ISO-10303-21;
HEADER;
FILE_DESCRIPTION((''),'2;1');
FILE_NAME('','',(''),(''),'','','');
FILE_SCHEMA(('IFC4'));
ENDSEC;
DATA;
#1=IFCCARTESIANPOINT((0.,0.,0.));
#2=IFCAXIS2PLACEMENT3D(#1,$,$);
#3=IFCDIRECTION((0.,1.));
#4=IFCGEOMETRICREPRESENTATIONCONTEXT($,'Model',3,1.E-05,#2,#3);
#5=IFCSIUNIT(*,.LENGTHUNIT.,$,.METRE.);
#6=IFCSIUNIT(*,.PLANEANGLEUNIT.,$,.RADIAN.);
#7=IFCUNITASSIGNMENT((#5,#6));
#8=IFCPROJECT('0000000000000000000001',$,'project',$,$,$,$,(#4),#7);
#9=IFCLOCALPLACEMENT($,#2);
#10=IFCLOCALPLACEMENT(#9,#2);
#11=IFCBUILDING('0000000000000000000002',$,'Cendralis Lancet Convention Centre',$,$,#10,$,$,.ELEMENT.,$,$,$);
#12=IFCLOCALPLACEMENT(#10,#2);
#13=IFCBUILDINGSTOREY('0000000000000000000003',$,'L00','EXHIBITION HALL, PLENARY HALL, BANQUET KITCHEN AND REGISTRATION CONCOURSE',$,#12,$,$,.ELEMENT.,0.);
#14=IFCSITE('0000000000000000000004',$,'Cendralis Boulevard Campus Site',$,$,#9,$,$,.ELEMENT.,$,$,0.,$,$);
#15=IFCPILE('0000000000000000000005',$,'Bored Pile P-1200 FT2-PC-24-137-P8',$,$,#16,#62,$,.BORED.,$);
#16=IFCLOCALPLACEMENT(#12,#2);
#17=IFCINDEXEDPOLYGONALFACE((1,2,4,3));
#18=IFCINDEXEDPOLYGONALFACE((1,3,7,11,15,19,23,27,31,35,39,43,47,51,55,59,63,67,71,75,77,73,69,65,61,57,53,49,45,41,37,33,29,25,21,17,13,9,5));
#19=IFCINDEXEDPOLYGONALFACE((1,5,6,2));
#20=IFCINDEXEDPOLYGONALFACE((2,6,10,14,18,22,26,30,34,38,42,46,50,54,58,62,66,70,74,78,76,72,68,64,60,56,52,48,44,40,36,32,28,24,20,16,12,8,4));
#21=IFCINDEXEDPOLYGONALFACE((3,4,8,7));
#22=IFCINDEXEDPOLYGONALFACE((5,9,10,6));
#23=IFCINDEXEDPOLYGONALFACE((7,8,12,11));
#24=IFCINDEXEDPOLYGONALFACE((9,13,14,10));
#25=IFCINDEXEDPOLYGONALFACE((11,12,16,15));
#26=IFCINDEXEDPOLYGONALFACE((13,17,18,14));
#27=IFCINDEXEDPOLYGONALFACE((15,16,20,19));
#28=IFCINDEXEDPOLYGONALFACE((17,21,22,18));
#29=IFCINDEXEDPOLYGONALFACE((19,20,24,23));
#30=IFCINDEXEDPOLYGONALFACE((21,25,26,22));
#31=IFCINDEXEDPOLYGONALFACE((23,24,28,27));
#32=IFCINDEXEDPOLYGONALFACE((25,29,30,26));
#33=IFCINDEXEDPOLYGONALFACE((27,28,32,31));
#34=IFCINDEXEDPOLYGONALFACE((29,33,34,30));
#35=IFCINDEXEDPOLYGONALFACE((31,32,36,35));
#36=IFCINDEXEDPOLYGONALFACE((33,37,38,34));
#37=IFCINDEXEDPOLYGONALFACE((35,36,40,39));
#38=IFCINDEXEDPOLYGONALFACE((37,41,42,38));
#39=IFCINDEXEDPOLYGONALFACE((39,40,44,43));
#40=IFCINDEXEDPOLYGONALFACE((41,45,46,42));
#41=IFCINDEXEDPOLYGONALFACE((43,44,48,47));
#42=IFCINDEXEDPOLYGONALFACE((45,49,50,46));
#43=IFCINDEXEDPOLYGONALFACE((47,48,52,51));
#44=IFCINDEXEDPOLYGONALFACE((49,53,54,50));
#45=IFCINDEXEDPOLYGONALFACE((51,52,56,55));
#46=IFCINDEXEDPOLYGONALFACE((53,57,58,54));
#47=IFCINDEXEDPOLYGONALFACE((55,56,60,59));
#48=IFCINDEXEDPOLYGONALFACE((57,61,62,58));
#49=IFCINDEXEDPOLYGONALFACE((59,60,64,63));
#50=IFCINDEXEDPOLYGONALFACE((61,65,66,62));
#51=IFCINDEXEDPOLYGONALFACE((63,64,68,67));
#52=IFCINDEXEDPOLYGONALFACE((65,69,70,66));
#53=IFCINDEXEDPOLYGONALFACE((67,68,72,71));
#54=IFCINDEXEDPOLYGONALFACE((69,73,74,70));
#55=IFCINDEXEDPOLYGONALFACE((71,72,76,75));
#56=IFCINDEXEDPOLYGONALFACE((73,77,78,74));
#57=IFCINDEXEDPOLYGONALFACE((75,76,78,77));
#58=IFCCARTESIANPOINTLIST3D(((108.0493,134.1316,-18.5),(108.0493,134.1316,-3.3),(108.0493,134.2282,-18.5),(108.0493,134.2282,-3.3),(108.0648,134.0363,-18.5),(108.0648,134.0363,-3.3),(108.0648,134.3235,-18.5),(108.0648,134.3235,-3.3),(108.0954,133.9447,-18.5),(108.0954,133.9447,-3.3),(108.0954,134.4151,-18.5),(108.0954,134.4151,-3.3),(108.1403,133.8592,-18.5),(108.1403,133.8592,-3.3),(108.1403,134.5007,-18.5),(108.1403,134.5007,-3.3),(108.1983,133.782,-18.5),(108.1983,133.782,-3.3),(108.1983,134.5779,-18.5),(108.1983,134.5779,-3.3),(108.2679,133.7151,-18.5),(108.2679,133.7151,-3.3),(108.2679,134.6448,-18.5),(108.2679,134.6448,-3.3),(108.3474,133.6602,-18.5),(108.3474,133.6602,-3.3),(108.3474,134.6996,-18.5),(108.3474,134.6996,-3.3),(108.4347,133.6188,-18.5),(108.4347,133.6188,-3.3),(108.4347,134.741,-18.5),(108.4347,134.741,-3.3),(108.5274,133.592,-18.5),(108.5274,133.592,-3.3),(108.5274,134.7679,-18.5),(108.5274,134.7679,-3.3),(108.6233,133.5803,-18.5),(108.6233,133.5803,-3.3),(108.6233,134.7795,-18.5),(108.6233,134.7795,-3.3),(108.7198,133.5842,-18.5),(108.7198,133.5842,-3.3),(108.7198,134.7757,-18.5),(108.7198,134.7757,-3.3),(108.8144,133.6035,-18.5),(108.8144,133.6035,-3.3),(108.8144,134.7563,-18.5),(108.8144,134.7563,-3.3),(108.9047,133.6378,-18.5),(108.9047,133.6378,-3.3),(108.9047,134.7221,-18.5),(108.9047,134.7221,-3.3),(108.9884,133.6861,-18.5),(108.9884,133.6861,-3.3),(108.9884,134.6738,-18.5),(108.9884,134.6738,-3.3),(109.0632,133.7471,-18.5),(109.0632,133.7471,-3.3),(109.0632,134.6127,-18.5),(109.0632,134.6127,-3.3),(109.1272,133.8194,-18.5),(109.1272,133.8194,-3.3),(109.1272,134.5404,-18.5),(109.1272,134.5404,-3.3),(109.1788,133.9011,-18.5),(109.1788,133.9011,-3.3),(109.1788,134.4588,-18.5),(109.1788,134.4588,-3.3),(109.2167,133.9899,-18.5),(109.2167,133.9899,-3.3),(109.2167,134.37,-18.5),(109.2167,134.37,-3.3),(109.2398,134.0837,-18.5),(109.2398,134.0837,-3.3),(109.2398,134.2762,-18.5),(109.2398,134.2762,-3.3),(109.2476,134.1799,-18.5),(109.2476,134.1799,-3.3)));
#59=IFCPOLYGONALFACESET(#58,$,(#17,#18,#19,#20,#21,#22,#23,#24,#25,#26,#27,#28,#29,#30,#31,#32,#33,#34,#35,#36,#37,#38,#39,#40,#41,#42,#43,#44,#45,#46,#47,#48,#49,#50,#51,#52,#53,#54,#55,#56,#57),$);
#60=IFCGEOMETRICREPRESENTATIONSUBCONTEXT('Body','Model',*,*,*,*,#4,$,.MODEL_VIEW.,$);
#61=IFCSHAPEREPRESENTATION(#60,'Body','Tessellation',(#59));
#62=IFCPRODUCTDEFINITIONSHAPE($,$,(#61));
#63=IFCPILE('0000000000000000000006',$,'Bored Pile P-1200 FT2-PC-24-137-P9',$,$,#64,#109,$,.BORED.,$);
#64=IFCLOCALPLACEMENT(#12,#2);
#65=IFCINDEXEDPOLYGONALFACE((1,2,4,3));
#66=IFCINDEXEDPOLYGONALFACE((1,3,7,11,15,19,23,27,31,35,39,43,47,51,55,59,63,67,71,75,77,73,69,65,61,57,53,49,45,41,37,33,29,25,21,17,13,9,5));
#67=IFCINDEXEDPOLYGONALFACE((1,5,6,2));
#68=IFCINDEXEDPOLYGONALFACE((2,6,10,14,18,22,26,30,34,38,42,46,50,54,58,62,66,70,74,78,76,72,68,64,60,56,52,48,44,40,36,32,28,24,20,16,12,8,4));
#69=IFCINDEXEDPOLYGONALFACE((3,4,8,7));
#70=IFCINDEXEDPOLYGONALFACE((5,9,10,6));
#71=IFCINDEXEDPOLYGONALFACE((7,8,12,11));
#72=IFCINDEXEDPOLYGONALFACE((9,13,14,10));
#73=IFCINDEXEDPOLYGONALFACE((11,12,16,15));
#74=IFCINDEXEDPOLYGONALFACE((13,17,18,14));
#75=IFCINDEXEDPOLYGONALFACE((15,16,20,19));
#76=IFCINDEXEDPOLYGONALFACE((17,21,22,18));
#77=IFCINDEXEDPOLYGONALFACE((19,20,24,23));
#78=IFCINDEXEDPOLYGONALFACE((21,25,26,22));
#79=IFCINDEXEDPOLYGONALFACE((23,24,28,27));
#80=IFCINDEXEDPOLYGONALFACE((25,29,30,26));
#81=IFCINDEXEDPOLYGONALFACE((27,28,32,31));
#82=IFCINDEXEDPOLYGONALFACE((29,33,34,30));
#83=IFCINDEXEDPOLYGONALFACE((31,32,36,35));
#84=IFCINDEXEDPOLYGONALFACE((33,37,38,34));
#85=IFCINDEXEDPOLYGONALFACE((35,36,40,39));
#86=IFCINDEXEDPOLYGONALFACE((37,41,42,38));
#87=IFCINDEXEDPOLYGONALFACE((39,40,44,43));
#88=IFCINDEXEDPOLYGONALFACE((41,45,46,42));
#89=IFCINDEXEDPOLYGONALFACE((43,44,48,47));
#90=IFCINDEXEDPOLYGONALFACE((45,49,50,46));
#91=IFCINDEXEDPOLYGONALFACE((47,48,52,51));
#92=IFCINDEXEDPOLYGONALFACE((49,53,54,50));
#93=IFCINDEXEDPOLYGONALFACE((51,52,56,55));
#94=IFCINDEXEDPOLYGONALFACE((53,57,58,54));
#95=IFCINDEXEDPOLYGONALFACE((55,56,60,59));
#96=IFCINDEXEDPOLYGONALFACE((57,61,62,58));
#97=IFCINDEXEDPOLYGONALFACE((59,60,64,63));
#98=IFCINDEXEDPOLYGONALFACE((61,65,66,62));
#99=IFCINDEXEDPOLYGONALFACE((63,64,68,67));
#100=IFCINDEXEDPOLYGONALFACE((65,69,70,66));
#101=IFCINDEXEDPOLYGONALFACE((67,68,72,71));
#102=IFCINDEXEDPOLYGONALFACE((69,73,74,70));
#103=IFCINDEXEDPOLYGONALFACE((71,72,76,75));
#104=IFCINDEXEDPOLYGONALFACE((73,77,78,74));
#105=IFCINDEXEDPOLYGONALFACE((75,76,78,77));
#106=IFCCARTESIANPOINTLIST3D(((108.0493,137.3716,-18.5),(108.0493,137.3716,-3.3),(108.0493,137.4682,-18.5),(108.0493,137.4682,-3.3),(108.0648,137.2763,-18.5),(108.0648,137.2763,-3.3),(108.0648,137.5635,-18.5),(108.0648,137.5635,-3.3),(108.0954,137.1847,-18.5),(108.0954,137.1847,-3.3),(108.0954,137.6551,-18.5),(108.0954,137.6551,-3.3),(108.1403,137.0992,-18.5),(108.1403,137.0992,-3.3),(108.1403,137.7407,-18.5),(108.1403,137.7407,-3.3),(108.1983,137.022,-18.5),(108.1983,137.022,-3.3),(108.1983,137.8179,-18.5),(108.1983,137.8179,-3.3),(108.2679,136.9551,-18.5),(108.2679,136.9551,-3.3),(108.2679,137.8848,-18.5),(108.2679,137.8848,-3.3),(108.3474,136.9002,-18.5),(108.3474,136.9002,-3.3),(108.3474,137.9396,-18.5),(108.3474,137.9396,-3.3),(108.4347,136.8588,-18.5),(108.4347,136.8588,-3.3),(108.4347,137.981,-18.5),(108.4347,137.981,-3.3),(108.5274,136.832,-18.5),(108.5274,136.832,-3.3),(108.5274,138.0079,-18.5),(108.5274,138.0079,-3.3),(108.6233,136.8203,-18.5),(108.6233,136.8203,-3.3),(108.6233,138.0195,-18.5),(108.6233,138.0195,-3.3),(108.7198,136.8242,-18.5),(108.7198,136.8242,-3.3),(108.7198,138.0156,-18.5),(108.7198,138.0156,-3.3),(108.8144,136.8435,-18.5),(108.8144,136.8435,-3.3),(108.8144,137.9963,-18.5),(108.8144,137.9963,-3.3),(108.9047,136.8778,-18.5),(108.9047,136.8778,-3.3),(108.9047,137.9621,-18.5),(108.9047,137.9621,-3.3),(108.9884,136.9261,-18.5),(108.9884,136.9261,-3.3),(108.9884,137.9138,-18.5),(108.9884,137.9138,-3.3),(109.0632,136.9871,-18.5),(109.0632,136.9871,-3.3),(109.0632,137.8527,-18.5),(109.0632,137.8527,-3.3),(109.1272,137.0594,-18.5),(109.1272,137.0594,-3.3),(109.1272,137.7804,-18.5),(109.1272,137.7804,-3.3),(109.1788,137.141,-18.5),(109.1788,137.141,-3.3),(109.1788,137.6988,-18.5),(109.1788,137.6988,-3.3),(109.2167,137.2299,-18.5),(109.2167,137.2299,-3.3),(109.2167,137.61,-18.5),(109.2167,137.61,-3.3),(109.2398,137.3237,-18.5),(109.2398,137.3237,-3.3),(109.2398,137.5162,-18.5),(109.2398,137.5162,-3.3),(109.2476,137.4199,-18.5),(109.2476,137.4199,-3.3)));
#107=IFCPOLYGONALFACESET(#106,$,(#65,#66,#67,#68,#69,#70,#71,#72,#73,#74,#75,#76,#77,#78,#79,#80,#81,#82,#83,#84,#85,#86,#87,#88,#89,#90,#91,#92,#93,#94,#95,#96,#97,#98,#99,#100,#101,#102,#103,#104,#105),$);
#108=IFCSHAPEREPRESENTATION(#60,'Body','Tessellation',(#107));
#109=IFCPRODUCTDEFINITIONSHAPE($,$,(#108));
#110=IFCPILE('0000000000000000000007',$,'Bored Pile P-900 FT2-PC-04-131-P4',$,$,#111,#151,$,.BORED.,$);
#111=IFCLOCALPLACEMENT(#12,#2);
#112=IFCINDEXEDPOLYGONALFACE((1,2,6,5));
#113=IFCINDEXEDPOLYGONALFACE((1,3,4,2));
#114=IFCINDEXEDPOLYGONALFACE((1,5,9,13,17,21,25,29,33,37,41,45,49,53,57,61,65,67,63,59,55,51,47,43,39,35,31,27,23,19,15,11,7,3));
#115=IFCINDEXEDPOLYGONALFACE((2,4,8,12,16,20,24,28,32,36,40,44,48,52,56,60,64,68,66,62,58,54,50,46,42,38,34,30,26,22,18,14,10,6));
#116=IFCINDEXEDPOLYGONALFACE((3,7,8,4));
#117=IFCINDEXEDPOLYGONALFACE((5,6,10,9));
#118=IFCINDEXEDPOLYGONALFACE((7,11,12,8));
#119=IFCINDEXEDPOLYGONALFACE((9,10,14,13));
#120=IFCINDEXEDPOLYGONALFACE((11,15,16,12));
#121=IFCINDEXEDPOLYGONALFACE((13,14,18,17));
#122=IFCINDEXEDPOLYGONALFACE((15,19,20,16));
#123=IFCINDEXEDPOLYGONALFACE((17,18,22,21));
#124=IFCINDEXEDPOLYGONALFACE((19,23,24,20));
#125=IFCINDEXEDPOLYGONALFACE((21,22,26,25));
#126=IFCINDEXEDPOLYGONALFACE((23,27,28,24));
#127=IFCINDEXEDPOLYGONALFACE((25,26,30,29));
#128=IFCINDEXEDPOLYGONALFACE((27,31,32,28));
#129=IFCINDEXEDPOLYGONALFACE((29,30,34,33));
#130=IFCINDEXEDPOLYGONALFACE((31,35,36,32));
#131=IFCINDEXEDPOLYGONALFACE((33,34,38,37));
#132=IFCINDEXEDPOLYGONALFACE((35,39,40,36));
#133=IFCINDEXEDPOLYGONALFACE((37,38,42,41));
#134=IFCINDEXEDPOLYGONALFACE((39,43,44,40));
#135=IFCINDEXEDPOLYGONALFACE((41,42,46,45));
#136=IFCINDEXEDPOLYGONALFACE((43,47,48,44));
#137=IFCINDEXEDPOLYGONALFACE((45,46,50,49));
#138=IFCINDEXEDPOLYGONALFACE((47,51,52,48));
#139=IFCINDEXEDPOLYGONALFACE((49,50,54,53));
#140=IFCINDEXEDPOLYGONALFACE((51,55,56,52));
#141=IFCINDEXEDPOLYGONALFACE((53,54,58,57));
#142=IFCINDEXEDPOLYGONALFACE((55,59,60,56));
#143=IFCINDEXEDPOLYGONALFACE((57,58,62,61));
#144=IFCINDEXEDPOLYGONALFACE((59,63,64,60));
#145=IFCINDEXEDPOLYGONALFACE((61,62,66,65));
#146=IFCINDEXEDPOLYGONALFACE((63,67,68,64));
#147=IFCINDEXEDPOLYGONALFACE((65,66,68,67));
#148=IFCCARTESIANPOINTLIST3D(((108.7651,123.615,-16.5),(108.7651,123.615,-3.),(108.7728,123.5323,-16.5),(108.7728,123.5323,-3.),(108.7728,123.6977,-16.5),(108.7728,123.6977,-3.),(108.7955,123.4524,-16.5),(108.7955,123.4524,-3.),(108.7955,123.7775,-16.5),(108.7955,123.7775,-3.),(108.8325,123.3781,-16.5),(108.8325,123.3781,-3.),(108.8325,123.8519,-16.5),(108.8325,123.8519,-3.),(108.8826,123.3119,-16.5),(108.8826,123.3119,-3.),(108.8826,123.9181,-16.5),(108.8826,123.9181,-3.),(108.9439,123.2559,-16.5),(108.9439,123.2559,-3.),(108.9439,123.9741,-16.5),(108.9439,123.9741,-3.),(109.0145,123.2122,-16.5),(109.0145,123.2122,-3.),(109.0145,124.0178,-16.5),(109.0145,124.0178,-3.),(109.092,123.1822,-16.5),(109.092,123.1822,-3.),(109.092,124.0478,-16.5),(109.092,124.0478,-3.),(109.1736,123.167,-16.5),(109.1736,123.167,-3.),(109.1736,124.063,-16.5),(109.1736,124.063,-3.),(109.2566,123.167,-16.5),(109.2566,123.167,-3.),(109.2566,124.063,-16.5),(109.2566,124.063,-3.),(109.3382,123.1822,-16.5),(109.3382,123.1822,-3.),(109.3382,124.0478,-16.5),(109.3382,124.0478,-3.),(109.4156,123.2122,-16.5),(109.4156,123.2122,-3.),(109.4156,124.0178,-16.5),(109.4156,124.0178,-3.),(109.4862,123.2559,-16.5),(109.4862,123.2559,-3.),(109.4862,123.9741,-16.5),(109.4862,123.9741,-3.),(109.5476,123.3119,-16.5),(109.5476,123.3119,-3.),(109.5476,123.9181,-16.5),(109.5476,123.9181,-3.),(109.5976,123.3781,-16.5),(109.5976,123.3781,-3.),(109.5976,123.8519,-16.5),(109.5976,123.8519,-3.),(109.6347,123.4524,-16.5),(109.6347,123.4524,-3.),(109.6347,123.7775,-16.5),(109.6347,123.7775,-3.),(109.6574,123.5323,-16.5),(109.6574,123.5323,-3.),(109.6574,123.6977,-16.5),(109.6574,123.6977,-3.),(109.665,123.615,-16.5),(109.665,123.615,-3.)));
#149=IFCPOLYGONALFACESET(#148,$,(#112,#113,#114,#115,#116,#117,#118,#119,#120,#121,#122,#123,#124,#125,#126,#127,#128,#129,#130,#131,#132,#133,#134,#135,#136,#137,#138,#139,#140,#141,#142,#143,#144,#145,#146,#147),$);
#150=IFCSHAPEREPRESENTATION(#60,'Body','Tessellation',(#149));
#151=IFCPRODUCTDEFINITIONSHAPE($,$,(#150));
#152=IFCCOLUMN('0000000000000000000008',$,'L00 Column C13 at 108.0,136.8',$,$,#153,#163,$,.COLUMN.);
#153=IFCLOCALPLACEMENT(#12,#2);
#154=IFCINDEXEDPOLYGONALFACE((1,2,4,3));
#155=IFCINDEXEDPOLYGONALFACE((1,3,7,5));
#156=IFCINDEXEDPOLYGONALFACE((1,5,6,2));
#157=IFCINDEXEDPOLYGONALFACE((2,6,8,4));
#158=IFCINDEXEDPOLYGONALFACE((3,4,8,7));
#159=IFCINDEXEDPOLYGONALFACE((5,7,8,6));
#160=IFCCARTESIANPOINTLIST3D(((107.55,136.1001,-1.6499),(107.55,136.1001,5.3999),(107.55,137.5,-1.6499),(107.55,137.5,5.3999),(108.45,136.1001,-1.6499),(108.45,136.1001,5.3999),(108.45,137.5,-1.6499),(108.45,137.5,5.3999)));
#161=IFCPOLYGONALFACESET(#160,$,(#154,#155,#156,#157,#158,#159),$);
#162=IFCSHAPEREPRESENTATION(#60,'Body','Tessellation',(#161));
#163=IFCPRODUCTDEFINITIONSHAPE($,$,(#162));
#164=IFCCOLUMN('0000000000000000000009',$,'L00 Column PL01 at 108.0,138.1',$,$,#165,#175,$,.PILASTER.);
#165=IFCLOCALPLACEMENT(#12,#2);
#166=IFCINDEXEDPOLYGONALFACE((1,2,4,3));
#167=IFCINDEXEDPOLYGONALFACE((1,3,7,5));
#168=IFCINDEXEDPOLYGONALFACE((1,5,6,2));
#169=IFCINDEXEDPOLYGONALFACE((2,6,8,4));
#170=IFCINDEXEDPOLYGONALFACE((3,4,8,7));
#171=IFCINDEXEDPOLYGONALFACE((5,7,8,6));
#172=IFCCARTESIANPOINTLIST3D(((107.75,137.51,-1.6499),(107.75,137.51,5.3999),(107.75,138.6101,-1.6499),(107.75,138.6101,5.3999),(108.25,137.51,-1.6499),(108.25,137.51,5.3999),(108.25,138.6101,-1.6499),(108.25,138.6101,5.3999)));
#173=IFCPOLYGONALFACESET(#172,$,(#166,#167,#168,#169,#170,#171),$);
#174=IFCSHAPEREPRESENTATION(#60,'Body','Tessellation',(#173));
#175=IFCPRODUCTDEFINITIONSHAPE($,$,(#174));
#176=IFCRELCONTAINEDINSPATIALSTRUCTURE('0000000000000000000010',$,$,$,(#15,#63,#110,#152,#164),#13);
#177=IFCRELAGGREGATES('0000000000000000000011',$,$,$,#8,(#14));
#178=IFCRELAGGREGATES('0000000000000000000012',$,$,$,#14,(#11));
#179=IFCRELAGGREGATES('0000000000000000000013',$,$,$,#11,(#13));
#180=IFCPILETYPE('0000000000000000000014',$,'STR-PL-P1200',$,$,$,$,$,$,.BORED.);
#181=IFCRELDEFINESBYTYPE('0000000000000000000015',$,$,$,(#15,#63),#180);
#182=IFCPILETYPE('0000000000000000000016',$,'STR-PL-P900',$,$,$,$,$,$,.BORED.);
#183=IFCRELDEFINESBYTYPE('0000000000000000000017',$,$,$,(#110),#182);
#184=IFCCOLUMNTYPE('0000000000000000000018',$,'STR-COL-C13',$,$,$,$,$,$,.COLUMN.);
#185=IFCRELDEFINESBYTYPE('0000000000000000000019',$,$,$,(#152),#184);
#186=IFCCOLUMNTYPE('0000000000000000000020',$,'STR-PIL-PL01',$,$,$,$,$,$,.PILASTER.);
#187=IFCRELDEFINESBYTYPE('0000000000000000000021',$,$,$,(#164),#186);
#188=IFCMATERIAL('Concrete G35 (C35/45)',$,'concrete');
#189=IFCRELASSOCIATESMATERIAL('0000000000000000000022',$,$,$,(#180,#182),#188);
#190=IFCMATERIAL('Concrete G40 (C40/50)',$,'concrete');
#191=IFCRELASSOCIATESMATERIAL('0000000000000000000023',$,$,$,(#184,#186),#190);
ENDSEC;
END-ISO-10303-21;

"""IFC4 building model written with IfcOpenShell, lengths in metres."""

from ifc_helpers import new_model, si_unit, direction, frame, origin, origin_2d, place, context, subcontext, project, spatial, rectangle, circle, extrude, material, material_profile, profile_set, type_object, element, save


model = new_model("IFC4")

# Units and contexts
model_context = context("Model", 3, precision=1e-05, world=origin(), true_north=direction((0.0, 1.0)))
body_context = subcontext(model_context, "Body", "Model", "MODEL_VIEW")
ifc_project = project(units=[si_unit("LENGTHUNIT", "METRE"), si_unit("PLANEANGLEUNIT", "RADIAN")], contexts=[model_context])

# Site, building, storey
site_placement = place(None, origin())
site = spatial("IfcSite", under=ifc_project, at=site_placement, Name="Cendralis Boulevard Campus Site", CompositionType="ELEMENT", RefElevation=0.0)
building_placement = place(site_placement, origin())
building = spatial("IfcBuilding", under=site, at=building_placement, Name="Cendralis Lancet Convention Centre", CompositionType="ELEMENT")
storey_placement = place(building_placement, origin())
storey = spatial("IfcBuildingStorey", under=building, at=storey_placement, Name="L00", Description="EXHIBITION HALL, PLENARY HALL, BANQUET KITCHEN AND REGISTRATION CONCOURSE", CompositionType="ELEMENT", Elevation=0.0)

# Piles
ifc_material_1 = material(Name="Concrete G35 (C35/45)", Category="concrete")
ifc_material_profile_1 = material_profile(ifc_material_1, circle(Radius=0.6001, at=origin_2d()), Name="BORED PILE D1200")
ifc_profile_set_1 = profile_set([ifc_material_profile_1], Name="Concrete G35 (C35/45)")
pile_type_1 = type_object("IfcPileType", Name="STR-PL-P1200", PredefinedType="BORED", material=ifc_profile_set_1)
for number, where, z_axis, x_axis, name in (
    (1, (108.6475, 134.1799, -3.3), (0.0, 0.0, -1.0), (1.0, 0.0, 0.0), "Bored Pile P-1200 FT2-PC-24-137-P8"),
    (2, (108.6475, 137.4199, -3.3), (0.0, 0.0, -1.0), (1.0, 0.0, 0.0), "Bored Pile P-1200 FT2-PC-24-137-P9"),
):
    element("IfcPile", number, at=place(storey_placement, frame(where, z_axis=z_axis, x_axis=x_axis)), inside=storey, type_object=pile_type_1, Name=name, PredefinedType="BORED", context=body_context, shape_type="SweptSolid", body=[
        extrude(circle(Radius=0.6001, at=origin_2d()), origin(), (0.0, 0.0, 1.0), 15.2),
    ])
ifc_material_profile_2 = material_profile(ifc_material_1, circle(Radius=0.45, at=origin_2d()), Name="BORED PILE D900")
ifc_profile_set_2 = profile_set([ifc_material_profile_2], Name="Concrete G35 (C35/45)")
pile_type_2 = type_object("IfcPileType", Name="STR-PL-P900", PredefinedType="BORED", material=ifc_profile_set_2)
pile_placement = place(storey_placement, frame((109.2151, 123.615, -3.0), z_axis=(0.0, 0.0, -1.0), x_axis=(1.0, 0.0, 0.0)))
element("IfcPile", 3, at=pile_placement, inside=storey, type_object=pile_type_2, Name="Bored Pile P-900 FT2-PC-04-131-P4", PredefinedType="BORED", context=body_context, shape_type="SweptSolid", body=[
    extrude(circle(Radius=0.45, at=origin_2d()), origin(), (0.0, 0.0, 1.0), 13.5),
])

# Columns
ifc_material_2 = material(Name="Concrete G40 (C40/50)", Category="concrete")
ifc_material_profile_3 = material_profile(ifc_material_2, rectangle(XDim=0.8999, YDim=1.3999, at=origin_2d()), Name="RC 900x1400")
ifc_profile_set_3 = profile_set([ifc_material_profile_3], Name="Concrete G40 (C40/50)")
column_type_1 = type_object("IfcColumnType", Name="STR-COL-C13", PredefinedType="COLUMN", material=ifc_profile_set_3)
column_1_placement = place(storey_placement, frame((108.0, 136.8, -1.6499), z_axis=(0.0, 0.0, 1.0), x_axis=(1.0, 0.0, 0.0)))
element("IfcColumn", 4, at=column_1_placement, inside=storey, type_object=column_type_1, Name="L00 Column C13 at 108.0,136.8", PredefinedType="COLUMN", context=body_context, shape_type="SweptSolid", body=[
    extrude(rectangle(XDim=0.8999, YDim=1.3999, at=origin_2d()), origin(), (0.0, 0.0, 1.0), 7.0498),
])
ifc_material_profile_4 = material_profile(ifc_material_2, rectangle(XDim=0.5, YDim=1.1001, at=origin_2d()), Name="RC 500x1100")
ifc_profile_set_4 = profile_set([ifc_material_profile_4], Name="Concrete G40 (C40/50)")
column_type_2 = type_object("IfcColumnType", Name="STR-PIL-PL01", PredefinedType="PILASTER", material=ifc_profile_set_4)
column_2_placement = place(storey_placement, frame((108.0, 138.0601, -1.6499), z_axis=(0.0, 0.0, 1.0), x_axis=(1.0, 0.0, 0.0)))
element("IfcColumn", 5, at=column_2_placement, inside=storey, type_object=column_type_2, Name="L00 Column PL01 at 108.0,138.1", PredefinedType="PILASTER", context=body_context, shape_type="SweptSolid", body=[
    extrude(rectangle(XDim=0.5, YDim=1.1001, at=origin_2d()), origin(), (0.0, 0.0, 1.0), 7.0498),
])

save(model, "model.ifc")
